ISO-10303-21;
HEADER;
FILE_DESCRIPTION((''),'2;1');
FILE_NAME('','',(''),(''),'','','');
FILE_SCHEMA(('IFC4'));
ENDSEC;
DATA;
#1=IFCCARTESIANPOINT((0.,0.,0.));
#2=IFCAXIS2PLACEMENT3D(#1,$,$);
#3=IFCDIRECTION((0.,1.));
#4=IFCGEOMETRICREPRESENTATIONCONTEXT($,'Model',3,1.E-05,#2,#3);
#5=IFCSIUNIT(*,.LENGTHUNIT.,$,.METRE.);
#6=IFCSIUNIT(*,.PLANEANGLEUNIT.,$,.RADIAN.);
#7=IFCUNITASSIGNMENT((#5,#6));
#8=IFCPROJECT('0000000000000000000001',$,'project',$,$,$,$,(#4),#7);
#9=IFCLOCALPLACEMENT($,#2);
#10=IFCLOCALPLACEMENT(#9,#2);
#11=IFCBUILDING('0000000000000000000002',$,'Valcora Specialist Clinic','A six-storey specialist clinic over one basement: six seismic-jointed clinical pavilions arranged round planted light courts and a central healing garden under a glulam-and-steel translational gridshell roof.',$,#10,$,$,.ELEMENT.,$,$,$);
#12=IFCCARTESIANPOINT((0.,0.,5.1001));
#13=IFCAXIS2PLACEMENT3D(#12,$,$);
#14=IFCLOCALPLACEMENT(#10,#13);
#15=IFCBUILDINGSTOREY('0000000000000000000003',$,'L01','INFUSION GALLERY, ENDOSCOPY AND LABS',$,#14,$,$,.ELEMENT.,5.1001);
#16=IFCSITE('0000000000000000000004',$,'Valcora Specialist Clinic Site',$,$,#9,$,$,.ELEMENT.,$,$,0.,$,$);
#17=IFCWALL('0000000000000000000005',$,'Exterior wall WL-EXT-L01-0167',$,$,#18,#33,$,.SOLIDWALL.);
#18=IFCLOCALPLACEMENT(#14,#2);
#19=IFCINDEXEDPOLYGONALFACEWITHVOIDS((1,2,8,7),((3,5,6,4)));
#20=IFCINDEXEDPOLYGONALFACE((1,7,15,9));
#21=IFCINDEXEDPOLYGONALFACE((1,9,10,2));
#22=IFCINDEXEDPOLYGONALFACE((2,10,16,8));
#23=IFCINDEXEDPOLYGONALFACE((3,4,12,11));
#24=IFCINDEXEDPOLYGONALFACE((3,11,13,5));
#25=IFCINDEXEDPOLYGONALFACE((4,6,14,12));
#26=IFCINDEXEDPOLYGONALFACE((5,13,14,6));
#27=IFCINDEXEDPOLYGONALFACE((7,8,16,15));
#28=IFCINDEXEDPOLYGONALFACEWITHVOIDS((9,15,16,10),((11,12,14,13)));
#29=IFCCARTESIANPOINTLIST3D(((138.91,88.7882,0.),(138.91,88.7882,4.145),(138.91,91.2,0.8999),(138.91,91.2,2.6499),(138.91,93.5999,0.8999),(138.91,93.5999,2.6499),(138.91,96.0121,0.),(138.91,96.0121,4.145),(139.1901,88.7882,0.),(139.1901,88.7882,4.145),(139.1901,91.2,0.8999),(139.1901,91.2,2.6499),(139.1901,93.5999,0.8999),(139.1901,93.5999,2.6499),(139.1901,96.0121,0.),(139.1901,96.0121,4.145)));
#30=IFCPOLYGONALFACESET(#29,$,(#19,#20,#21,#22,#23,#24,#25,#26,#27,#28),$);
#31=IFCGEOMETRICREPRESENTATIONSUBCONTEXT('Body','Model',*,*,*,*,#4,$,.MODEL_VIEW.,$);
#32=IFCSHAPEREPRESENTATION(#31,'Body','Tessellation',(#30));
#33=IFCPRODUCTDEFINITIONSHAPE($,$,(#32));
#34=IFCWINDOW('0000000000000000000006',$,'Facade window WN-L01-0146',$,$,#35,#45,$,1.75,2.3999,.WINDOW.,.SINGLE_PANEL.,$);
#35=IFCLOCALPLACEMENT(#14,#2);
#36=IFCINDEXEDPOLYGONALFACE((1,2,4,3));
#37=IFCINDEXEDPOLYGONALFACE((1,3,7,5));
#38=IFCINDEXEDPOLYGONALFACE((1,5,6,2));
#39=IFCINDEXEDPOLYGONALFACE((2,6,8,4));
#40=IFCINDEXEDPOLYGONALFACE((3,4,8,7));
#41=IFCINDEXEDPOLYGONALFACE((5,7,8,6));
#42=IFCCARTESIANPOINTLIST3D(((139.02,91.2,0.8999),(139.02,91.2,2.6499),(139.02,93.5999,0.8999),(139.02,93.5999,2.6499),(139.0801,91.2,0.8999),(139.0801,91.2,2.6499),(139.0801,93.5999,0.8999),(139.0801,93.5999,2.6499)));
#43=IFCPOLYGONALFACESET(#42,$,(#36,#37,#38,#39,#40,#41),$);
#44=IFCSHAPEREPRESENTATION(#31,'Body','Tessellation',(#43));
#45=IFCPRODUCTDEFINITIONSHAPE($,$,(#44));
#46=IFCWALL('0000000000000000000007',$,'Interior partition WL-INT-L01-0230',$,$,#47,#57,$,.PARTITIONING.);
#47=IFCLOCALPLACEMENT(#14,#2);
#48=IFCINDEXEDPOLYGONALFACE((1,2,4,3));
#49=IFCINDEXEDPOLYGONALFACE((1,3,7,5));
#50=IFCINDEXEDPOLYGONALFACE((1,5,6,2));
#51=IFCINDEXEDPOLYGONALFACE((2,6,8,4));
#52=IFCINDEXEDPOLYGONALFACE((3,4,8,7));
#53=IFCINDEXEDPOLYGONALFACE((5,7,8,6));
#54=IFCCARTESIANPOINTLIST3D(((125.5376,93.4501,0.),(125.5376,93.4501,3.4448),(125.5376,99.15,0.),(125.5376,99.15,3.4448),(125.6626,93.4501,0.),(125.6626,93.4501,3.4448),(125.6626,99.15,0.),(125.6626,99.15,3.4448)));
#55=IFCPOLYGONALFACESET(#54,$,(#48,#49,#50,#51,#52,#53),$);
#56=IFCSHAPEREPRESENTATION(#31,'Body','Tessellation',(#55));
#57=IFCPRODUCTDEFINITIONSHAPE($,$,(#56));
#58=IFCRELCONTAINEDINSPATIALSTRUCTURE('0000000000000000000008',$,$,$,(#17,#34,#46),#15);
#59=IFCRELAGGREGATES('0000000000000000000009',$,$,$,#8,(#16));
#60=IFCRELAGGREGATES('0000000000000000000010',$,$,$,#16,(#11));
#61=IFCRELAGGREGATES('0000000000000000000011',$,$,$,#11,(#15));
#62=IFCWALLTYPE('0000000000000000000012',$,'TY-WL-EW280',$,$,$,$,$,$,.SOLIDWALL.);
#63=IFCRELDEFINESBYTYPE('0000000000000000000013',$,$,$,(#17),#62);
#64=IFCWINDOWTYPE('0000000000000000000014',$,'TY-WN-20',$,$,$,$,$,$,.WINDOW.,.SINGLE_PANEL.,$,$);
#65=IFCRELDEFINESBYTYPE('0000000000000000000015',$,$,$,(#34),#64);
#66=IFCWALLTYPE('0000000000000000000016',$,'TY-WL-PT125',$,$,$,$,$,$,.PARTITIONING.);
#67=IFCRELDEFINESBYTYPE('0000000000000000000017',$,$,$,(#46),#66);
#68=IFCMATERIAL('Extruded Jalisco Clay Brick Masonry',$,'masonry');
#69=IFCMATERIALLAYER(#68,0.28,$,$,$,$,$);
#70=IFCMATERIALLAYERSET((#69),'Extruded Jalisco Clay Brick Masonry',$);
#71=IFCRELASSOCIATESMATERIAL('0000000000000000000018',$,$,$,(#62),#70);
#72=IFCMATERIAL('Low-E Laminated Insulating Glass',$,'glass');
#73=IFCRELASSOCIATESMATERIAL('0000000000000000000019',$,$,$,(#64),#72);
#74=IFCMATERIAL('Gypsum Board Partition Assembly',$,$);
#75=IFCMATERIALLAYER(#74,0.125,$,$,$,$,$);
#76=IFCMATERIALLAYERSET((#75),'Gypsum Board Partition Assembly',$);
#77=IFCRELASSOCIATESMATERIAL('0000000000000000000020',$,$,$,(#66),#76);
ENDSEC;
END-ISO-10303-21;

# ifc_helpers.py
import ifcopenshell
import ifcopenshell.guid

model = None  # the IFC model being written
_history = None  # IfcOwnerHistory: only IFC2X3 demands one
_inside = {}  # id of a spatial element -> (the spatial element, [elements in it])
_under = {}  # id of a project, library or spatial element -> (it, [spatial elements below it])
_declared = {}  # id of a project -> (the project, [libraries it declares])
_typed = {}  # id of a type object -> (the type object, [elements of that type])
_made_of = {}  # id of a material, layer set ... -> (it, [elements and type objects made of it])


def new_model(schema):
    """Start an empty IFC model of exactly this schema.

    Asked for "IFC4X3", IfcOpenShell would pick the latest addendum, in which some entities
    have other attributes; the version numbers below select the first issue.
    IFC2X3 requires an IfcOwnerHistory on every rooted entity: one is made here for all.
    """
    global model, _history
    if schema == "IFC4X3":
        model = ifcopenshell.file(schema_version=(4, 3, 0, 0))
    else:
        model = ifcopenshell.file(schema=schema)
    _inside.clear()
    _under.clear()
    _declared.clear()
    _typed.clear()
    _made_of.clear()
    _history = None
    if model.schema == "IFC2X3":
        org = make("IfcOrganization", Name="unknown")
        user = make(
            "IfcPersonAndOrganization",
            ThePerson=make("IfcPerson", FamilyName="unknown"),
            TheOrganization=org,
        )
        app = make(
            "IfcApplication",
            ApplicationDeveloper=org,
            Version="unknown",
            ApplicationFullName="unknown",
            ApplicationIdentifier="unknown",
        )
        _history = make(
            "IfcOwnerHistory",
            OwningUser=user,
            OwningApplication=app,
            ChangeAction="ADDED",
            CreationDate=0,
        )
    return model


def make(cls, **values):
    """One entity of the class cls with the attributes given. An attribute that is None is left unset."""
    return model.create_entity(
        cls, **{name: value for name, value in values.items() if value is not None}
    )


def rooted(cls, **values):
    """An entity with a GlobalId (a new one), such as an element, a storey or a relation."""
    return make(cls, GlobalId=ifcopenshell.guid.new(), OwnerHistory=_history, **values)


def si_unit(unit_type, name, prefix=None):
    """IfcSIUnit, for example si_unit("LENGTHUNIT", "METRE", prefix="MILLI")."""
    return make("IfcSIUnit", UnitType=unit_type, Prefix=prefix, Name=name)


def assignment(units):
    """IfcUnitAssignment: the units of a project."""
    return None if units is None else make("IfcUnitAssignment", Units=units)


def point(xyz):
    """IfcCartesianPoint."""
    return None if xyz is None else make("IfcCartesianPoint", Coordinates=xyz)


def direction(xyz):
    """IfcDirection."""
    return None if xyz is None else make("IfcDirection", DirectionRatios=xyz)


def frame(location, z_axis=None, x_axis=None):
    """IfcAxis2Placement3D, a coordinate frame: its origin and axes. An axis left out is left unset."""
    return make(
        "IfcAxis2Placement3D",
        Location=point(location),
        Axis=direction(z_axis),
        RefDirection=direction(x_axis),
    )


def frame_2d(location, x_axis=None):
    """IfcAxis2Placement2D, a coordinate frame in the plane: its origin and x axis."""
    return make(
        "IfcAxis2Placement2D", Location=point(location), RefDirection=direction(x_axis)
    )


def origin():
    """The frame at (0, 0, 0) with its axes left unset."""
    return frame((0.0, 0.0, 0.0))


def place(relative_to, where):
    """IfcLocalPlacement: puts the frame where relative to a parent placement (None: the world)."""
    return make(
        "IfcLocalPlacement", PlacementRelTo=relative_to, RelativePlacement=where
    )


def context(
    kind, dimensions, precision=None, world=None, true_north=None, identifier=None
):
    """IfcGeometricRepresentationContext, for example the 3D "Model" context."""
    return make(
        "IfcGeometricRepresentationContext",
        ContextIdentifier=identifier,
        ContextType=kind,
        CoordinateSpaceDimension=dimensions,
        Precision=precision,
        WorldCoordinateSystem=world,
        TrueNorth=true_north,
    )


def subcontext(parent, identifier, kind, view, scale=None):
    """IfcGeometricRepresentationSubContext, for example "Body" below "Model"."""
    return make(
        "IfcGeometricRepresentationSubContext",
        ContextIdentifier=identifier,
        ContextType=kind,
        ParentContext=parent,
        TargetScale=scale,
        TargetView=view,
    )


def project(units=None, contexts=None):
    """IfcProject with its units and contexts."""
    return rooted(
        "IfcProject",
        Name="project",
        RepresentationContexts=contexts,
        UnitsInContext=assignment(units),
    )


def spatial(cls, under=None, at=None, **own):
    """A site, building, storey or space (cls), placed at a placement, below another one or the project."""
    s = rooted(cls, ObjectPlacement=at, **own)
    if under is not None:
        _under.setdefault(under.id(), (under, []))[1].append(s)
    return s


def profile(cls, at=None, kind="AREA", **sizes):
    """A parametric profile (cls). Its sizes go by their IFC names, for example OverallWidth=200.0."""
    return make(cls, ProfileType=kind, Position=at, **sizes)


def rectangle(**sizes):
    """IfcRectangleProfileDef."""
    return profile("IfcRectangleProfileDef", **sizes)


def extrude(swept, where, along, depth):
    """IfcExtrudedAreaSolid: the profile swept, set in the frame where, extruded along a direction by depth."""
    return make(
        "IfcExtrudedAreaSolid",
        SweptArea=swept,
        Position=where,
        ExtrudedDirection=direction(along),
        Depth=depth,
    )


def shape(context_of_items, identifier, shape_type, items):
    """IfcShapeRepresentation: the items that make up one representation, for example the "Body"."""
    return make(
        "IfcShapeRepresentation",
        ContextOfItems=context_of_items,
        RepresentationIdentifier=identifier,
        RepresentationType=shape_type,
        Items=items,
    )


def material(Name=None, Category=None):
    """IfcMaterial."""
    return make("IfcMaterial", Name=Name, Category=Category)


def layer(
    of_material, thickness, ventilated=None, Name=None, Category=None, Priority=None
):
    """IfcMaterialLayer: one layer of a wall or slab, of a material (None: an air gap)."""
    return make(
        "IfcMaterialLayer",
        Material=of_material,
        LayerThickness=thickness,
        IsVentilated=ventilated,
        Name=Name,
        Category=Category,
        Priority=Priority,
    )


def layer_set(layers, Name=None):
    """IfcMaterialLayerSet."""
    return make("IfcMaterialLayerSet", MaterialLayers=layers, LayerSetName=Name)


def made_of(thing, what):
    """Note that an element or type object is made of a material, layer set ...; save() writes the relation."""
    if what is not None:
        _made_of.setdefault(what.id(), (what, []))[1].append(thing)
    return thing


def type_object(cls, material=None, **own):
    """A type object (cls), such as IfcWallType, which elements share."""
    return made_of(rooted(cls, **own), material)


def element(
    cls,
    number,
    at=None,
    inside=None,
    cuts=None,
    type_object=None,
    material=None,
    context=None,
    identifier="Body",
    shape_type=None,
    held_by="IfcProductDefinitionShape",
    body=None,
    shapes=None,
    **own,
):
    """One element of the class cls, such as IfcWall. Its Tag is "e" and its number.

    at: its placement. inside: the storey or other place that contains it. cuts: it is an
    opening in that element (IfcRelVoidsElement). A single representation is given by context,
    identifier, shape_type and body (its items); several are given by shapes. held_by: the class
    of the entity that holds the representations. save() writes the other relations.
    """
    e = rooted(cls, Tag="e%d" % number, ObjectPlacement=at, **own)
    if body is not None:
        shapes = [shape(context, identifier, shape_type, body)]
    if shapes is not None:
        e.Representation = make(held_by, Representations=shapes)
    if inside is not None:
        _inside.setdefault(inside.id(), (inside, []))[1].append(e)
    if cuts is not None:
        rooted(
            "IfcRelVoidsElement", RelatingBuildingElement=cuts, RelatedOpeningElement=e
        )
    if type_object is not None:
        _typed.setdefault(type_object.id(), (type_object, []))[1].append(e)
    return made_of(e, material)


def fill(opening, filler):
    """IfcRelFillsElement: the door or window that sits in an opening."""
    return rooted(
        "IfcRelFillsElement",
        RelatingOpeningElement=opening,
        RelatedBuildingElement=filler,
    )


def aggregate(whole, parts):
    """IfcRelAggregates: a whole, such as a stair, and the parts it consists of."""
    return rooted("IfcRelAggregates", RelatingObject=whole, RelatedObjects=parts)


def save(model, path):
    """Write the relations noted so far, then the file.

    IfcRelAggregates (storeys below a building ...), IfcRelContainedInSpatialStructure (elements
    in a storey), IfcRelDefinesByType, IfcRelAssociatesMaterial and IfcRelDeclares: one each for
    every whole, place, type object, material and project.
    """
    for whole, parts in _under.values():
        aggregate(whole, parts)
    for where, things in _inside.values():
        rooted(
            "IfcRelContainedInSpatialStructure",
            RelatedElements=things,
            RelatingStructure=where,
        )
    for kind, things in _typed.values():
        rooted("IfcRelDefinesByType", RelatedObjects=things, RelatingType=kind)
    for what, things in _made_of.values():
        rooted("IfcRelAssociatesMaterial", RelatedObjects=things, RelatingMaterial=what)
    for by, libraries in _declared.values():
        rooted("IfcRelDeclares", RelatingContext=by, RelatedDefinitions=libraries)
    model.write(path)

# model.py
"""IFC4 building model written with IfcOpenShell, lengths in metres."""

from ifc_helpers import new_model, si_unit, direction, frame, frame_2d, origin, place, context, subcontext, project, spatial, rectangle, extrude, material, layer, layer_set, type_object, element, fill, save


model = new_model("IFC4")

# Units and contexts
model_context = context("Model", 3, precision=1e-05, world=origin(), true_north=direction((0.0, 1.0)))
body_context = subcontext(model_context, "Body", "Model", "MODEL_VIEW")
ifc_project = project(units=[si_unit("LENGTHUNIT", "METRE"), si_unit("PLANEANGLEUNIT", "RADIAN")], contexts=[model_context])

# Site, building, storey
site_placement = place(None, origin())
site = spatial("IfcSite", under=ifc_project, at=site_placement, Name="Valcora Specialist Clinic Site", CompositionType="ELEMENT", RefElevation=0.0)
building_placement = place(site_placement, origin())
building = spatial("IfcBuilding", under=site, at=building_placement, Name="Valcora Specialist Clinic", Description="A six-storey specialist clinic over one basement: six seismic-jointed clinical pavilions arranged round planted light courts and a central healing garden under a glulam-and-steel translational gridshell roof.", CompositionType="ELEMENT")
storey_placement = place(building_placement, frame((0.0, 0.0, 5.1001)))
storey = spatial("IfcBuildingStorey", under=building, at=storey_placement, Name="L01", Description="INFUSION GALLERY, ENDOSCOPY AND LABS", CompositionType="ELEMENT", Elevation=5.1001)

# Shared definitions
ifc_material_1 = material(Name="Low-E Laminated Insulating Glass", Category="glass")

# Wall, opening, window
ifc_material_2 = material(Name="Extruded Jalisco Clay Brick Masonry", Category="masonry")
ifc_layer_1 = layer(ifc_material_2, 0.28)
ifc_layer_set_1 = layer_set([ifc_layer_1], Name="Extruded Jalisco Clay Brick Masonry")
wall_type_1 = type_object("IfcWallType", Name="TY-WL-EW280", PredefinedType="SOLIDWALL", material=ifc_layer_set_1)
wall_1_placement = place(storey_placement, frame((139.05, 96.012, 0.0), z_axis=(0.0, 0.0, 1.0), x_axis=(0.0, -1.0, 0.0)))
wall_1 = element("IfcWall", 1, at=wall_1_placement, inside=storey, type_object=wall_type_1, Name="Exterior wall WL-EXT-L01-0167", PredefinedType="SOLIDWALL", context=body_context, shape_type="SweptSolid", body=[
    extrude(rectangle(XDim=7.2239, YDim=0.28, at=frame_2d((3.6118, 0.0))), origin(), (0.0, 0.0, 1.0), 4.145),
])
opening_placement = place(wall_1_placement, frame((2.4121, 0.0, 0.8999)))
opening = element("IfcOpeningElement", 2, at=opening_placement, cuts=wall_1, PredefinedType="OPENING", context=body_context, shape_type="SweptSolid", body=[
    extrude(rectangle(XDim=2.3999, YDim=1.75, at=frame_2d((1.2, 0.875))), frame((0.0, 0.1499, 0.0), z_axis=(0.0, -1.0, 0.0), x_axis=(1.0, 0.0, 0.0)), (0.0, 0.0, 1.0), 0.3),
])
window_type = type_object("IfcWindowType", Name="TY-WN-20", PartitioningType="SINGLE_PANEL", PredefinedType="WINDOW", material=ifc_material_1)
window_placement = place(opening_placement, origin())
window = element("IfcWindow", 3, at=window_placement, inside=storey, type_object=window_type, Name="Facade window WN-L01-0146", OverallHeight=1.75, OverallWidth=2.3999, PartitioningType="SINGLE_PANEL", PredefinedType="WINDOW", context=body_context, shape_type="SweptSolid", body=[
    extrude(rectangle(XDim=2.3999, YDim=1.75, at=frame_2d((1.2, 0.875))), frame((0.0, 0.03, 0.0), z_axis=(0.0, -1.0, 0.0), x_axis=(1.0, 0.0, 0.0)), (0.0, 0.0, 1.0), 0.0601),
])
fill(opening, window)

# Wall
ifc_material_3 = material(Name="Gypsum Board Partition Assembly")
ifc_layer_2 = layer(ifc_material_3, 0.125)
ifc_layer_set_2 = layer_set([ifc_layer_2], Name="Gypsum Board Partition Assembly")
wall_type_2 = type_object("IfcWallType", Name="TY-WL-PT125", PredefinedType="PARTITIONING", material=ifc_layer_set_2)
wall_2_placement = place(storey_placement, frame((125.6001, 93.45, 0.0), z_axis=(0.0, 0.0, 1.0), x_axis=(0.0, 1.0, 0.0)))
element("IfcWall", 4, at=wall_2_placement, inside=storey, type_object=wall_type_2, Name="Interior partition WL-INT-L01-0230", PredefinedType="PARTITIONING", context=body_context, shape_type="SweptSolid", body=[
    extrude(rectangle(XDim=5.7, YDim=0.125, at=frame_2d((2.8501, 0.0))), origin(), (0.0, 0.0, 1.0), 3.4448),
])

save(model, "model.ifc")
